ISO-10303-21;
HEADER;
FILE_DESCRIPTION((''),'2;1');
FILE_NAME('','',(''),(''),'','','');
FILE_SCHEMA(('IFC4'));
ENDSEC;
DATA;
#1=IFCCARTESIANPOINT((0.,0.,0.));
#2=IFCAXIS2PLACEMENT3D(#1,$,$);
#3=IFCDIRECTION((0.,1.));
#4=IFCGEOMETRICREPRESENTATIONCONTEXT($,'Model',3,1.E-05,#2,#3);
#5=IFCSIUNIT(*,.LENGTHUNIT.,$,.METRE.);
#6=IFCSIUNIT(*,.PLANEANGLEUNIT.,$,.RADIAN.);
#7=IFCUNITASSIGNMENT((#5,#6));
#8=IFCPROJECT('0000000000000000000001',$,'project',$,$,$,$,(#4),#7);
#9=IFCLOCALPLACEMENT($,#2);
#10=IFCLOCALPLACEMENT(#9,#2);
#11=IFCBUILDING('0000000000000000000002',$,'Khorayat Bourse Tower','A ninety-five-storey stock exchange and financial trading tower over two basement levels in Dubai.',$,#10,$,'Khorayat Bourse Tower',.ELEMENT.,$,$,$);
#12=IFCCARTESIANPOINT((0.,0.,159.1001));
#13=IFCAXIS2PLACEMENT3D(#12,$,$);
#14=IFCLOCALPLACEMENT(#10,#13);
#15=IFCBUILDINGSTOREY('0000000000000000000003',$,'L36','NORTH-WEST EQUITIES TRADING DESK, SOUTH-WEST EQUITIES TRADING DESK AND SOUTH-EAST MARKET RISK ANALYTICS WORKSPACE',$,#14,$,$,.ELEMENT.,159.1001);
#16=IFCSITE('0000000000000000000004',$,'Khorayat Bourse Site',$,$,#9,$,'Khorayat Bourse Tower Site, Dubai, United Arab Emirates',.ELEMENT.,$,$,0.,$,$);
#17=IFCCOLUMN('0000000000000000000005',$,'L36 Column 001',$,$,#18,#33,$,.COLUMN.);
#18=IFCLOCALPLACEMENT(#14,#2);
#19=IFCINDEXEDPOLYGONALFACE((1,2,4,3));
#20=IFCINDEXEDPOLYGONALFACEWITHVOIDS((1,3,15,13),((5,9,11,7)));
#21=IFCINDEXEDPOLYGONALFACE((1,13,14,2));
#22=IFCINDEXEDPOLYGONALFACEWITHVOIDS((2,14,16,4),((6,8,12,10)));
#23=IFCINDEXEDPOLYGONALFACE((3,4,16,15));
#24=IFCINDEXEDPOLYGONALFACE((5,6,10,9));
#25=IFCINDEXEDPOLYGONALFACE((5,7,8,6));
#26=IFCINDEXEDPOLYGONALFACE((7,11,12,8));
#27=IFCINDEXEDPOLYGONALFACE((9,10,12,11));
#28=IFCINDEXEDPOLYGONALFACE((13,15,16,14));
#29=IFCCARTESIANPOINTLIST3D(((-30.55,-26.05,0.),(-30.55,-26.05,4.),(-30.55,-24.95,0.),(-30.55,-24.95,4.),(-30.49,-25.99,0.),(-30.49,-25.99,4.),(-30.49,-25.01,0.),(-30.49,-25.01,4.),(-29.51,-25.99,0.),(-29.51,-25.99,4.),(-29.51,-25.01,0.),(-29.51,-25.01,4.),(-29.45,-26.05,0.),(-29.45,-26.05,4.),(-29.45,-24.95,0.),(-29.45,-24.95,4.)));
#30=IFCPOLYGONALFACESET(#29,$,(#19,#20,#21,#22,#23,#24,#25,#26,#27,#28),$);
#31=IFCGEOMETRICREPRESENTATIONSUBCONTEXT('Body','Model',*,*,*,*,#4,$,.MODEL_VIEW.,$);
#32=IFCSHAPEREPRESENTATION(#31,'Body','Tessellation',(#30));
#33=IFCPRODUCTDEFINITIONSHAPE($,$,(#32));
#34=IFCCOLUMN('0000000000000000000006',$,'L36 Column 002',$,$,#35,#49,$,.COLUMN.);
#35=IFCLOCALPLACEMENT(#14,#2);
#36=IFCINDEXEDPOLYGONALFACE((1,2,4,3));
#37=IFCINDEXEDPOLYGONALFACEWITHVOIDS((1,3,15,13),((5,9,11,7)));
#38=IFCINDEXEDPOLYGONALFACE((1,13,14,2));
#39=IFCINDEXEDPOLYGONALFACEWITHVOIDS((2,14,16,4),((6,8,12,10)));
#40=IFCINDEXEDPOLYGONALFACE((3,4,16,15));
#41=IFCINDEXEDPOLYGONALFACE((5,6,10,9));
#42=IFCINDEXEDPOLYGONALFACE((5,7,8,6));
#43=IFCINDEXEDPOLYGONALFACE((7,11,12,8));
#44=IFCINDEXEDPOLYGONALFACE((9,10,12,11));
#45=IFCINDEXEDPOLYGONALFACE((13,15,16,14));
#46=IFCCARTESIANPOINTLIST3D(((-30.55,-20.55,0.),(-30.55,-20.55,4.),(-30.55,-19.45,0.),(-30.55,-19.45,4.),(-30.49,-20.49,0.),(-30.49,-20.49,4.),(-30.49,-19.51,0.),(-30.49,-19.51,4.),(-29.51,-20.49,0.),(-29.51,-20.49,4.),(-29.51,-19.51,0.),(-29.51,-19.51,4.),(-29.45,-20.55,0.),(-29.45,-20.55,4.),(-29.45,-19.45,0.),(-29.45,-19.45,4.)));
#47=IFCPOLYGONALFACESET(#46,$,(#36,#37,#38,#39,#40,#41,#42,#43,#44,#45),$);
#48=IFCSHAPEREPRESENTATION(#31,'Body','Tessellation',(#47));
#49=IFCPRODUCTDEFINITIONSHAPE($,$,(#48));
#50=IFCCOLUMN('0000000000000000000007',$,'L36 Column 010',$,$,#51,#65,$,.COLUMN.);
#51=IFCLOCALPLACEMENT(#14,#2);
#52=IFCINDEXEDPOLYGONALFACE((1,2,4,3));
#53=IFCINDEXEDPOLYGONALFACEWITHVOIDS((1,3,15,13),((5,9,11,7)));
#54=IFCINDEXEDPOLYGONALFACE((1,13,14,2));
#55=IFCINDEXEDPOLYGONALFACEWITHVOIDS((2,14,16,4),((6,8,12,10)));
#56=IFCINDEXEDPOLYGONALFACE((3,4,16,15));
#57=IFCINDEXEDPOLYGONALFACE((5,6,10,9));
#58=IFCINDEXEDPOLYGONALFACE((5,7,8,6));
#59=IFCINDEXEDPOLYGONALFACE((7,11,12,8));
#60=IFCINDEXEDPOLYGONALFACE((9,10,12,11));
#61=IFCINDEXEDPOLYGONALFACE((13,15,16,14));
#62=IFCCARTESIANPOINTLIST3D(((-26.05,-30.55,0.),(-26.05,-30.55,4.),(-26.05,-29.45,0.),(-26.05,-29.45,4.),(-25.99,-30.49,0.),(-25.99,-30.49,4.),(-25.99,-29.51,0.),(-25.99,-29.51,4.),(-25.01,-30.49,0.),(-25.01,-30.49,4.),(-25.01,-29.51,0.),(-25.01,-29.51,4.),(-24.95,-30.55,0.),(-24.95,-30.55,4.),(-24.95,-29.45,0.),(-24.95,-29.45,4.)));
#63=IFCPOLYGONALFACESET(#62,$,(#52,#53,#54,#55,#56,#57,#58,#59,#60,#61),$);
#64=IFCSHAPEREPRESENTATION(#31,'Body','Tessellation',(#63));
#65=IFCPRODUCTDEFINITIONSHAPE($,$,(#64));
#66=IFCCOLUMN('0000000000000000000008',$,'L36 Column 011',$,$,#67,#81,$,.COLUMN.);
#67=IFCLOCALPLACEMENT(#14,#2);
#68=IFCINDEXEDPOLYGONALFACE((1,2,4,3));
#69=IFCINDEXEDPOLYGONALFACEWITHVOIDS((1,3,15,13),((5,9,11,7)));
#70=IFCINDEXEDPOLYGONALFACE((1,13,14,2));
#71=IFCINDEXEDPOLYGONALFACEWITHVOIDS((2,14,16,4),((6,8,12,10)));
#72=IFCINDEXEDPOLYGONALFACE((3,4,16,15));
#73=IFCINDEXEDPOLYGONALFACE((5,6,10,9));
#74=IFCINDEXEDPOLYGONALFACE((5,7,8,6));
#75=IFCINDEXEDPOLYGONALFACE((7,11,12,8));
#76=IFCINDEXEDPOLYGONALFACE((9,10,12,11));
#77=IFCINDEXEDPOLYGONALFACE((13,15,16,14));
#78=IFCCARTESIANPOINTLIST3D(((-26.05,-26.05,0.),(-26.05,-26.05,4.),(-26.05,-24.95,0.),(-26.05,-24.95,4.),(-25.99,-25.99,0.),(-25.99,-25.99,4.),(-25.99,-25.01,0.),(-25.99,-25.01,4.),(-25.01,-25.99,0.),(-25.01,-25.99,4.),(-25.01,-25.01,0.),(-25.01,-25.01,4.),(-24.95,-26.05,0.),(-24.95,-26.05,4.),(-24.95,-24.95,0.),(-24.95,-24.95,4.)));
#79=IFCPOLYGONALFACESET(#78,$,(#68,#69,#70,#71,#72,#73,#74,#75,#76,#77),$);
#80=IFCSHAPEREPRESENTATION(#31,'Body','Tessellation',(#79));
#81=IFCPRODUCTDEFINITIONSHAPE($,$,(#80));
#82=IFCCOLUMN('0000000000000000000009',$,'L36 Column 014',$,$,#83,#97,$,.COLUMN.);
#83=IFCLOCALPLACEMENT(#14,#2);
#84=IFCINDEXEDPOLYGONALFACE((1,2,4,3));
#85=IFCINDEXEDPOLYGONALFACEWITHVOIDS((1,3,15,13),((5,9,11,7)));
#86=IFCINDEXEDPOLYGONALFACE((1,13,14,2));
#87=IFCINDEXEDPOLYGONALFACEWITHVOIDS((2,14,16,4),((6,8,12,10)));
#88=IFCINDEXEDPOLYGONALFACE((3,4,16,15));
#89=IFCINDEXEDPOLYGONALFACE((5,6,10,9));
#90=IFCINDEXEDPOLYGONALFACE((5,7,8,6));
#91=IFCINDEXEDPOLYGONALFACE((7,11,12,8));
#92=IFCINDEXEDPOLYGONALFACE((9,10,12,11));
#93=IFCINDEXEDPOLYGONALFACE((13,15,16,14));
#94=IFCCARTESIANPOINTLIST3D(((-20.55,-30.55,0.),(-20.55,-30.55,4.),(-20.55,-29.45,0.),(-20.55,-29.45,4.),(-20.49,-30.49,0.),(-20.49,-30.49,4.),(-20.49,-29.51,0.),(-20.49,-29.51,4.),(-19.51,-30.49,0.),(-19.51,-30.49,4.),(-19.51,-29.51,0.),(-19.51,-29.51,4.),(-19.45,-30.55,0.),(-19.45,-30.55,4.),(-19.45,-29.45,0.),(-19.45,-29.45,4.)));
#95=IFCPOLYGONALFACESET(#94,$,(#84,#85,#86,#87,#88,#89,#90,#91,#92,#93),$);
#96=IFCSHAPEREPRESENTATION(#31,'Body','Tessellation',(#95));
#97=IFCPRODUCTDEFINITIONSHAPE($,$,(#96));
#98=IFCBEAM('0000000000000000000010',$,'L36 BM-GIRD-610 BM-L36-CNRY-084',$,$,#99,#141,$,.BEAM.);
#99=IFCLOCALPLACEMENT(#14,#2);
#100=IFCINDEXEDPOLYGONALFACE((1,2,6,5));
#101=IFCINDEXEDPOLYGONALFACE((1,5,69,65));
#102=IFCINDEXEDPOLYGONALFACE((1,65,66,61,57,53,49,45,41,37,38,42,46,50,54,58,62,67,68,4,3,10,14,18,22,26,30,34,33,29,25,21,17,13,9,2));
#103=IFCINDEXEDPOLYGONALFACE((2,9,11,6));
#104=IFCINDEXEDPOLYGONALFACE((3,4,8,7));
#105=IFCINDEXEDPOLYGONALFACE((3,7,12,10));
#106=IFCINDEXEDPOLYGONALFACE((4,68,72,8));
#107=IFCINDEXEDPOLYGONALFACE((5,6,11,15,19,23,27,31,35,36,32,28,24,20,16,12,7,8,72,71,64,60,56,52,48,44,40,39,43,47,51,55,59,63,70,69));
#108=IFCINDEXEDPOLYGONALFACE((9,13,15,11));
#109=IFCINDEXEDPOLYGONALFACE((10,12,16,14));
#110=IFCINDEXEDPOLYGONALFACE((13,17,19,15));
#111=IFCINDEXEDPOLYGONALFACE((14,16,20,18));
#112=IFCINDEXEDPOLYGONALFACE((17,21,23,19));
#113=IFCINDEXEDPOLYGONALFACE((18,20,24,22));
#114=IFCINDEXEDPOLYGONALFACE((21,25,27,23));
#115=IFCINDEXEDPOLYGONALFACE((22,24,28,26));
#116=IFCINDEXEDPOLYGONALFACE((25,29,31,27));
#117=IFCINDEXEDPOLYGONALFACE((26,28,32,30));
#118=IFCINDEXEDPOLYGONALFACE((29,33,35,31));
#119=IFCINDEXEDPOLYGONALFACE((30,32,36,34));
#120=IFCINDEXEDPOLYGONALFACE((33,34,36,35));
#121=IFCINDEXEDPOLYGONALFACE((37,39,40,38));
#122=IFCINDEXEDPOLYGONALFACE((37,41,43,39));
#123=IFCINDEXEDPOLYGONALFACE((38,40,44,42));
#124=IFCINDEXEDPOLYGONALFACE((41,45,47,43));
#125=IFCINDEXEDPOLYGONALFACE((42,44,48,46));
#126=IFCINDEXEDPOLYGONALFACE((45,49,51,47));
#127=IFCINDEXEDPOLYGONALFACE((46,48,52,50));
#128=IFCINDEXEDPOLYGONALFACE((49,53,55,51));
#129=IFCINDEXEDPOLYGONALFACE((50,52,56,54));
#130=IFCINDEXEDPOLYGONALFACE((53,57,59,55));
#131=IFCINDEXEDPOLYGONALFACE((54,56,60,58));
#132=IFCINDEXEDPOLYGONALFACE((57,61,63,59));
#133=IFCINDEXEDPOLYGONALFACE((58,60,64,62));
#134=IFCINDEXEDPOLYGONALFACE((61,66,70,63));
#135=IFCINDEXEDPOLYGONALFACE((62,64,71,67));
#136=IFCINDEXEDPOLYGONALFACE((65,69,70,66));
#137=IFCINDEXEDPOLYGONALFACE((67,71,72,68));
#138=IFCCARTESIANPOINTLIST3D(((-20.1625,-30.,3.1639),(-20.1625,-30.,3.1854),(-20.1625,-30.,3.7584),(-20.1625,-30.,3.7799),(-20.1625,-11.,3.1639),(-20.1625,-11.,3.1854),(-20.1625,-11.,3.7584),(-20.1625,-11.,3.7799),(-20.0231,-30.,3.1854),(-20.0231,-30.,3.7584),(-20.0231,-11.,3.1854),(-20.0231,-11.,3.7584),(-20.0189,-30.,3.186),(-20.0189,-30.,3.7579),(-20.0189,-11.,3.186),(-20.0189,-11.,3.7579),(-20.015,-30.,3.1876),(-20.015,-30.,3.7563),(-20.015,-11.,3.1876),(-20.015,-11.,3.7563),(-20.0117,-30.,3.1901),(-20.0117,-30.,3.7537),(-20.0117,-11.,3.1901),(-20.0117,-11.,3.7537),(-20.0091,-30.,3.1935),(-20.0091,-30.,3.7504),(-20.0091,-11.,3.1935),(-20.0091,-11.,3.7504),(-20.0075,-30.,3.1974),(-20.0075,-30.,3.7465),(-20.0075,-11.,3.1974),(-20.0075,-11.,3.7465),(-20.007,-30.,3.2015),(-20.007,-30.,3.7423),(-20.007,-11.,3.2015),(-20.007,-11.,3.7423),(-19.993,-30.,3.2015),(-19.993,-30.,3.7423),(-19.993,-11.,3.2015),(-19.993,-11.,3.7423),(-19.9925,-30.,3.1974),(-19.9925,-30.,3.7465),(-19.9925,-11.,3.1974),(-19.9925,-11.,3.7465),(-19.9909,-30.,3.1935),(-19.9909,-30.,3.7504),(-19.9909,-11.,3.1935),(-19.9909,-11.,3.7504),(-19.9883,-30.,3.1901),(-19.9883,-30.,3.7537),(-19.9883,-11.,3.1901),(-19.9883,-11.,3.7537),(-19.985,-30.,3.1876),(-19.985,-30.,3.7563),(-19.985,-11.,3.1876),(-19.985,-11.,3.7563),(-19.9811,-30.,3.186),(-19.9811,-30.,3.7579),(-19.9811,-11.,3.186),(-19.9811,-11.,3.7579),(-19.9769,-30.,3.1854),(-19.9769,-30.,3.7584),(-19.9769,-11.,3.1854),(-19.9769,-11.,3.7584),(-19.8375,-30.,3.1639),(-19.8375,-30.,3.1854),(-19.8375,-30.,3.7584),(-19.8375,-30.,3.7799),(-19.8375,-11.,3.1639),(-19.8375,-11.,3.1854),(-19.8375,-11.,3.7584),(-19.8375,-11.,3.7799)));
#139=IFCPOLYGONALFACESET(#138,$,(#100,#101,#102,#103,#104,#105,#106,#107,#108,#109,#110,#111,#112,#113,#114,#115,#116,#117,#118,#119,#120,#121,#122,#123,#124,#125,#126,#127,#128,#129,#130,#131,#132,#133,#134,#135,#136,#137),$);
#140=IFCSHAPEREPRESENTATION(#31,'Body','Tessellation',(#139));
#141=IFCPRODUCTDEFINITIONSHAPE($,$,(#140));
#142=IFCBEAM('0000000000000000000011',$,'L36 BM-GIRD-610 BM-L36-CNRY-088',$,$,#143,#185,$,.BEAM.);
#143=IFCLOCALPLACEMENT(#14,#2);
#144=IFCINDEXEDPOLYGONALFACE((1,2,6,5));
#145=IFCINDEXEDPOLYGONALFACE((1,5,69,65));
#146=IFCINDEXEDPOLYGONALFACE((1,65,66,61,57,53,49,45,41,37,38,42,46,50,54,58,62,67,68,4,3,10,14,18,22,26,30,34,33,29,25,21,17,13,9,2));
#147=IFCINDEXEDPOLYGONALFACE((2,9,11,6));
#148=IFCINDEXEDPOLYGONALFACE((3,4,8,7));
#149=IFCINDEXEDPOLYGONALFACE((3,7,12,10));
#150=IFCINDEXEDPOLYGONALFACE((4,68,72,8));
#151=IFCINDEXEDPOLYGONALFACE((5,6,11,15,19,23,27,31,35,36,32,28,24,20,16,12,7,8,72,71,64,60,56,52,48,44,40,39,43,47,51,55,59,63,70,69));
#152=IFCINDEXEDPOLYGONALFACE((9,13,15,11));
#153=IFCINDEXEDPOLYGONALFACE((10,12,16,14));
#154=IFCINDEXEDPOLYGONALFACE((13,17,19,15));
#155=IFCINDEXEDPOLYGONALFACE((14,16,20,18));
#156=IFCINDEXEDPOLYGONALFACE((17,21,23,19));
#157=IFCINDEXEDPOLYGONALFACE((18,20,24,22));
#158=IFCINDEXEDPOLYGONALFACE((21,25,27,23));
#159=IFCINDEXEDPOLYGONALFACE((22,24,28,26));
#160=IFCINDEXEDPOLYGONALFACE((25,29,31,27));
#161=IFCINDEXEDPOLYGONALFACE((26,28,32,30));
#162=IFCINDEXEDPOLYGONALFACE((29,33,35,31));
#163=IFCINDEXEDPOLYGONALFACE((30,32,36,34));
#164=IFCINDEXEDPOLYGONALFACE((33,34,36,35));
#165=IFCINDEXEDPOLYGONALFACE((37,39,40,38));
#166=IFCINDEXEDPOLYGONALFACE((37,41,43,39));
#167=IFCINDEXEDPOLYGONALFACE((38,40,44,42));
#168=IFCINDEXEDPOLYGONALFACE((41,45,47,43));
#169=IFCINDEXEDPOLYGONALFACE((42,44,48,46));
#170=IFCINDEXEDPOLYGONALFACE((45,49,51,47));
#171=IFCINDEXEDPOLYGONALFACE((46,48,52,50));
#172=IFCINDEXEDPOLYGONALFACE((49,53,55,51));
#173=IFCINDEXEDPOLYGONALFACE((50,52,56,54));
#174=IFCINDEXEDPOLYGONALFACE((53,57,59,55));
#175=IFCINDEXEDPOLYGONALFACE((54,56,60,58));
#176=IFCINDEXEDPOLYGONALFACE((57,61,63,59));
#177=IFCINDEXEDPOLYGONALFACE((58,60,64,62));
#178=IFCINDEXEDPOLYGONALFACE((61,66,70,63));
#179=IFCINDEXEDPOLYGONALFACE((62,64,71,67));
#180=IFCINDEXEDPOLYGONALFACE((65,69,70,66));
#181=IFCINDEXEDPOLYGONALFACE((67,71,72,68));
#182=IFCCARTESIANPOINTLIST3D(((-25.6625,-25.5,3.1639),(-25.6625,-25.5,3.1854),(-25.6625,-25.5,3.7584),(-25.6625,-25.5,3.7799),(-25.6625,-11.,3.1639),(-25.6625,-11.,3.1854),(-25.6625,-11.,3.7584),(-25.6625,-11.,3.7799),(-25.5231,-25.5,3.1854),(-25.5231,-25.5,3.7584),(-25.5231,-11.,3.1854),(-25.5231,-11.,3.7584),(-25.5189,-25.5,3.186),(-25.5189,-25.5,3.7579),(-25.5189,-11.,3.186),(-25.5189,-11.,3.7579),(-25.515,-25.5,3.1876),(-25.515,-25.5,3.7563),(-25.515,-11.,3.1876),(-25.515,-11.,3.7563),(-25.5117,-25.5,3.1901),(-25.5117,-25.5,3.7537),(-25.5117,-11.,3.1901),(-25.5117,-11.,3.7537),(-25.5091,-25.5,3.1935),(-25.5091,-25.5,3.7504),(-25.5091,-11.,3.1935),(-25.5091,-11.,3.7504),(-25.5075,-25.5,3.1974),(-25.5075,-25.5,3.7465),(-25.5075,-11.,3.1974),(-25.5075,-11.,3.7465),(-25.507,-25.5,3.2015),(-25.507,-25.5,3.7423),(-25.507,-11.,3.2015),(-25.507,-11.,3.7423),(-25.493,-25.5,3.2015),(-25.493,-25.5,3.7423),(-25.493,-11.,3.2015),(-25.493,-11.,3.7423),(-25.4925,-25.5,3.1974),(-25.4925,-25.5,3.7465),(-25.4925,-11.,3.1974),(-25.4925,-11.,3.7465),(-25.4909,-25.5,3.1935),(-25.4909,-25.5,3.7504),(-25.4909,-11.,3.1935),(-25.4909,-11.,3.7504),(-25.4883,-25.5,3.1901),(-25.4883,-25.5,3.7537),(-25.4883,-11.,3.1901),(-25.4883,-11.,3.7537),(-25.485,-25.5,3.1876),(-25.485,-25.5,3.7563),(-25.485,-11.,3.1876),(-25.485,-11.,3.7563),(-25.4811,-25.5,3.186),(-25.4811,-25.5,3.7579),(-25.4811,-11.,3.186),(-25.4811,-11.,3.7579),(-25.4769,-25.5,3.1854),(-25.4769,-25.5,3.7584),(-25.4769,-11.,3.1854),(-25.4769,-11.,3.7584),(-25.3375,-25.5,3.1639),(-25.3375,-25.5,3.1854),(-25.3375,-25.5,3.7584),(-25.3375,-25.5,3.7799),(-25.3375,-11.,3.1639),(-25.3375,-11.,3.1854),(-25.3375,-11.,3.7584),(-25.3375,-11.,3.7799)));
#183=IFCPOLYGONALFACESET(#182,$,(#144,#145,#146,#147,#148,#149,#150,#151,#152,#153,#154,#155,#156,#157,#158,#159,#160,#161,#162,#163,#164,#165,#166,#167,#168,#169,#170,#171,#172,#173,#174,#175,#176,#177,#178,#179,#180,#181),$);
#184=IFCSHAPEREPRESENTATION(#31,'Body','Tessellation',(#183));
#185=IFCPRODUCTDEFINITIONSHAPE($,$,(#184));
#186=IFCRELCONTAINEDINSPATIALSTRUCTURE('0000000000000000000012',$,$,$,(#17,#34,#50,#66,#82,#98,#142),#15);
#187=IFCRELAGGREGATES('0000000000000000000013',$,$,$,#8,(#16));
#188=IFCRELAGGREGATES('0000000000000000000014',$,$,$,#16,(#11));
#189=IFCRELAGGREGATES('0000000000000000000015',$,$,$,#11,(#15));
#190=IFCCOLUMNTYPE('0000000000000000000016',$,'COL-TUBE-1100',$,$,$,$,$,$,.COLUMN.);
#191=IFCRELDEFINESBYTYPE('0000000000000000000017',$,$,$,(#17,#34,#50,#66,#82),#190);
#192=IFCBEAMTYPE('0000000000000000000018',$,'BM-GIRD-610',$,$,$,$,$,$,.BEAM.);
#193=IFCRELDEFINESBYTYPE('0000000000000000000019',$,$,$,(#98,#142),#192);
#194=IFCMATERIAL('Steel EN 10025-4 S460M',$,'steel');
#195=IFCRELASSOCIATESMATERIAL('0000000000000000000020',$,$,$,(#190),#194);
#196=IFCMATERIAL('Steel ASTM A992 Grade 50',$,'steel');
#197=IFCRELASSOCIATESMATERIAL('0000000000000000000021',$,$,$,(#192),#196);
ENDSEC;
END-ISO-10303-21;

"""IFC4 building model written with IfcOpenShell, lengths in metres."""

from ifc_helpers import new_model, si_unit, direction, frame, origin, origin_2d, place, context, subcontext, project, spatial, hollow_rectangle, i_section, extrude, source, transform, mapped, material, material_profile, profile_set, type_object, element, save


model = new_model("IFC4")

# Units and contexts
model_context = context("Model", 3, precision=1e-05, world=origin(), true_north=direction((0.0, 1.0)))
body_context = subcontext(model_context, "Body", "Model", "MODEL_VIEW")
ifc_project = project(units=[si_unit("LENGTHUNIT", "METRE"), si_unit("PLANEANGLEUNIT", "RADIAN")], contexts=[model_context])

# Site, building, storey
site_placement = place(None, origin())
site = spatial("IfcSite", under=ifc_project, at=site_placement, Name="Khorayat Bourse Site", LongName="Khorayat Bourse Tower Site, Dubai, United Arab Emirates", CompositionType="ELEMENT", RefElevation=0.0)
building_placement = place(site_placement, origin())
building = spatial("IfcBuilding", under=site, at=building_placement, Name="Khorayat Bourse Tower", Description="A ninety-five-storey stock exchange and financial trading tower over two basement levels in Dubai.", LongName="Khorayat Bourse Tower", CompositionType="ELEMENT")
storey_placement = place(building_placement, frame((0.0, 0.0, 159.1001)))
storey = spatial("IfcBuildingStorey", under=building, at=storey_placement, Name="L36", Description="NORTH-WEST EQUITIES TRADING DESK, SOUTH-WEST EQUITIES TRADING DESK AND SOUTH-EAST MARKET RISK ANALYTICS WORKSPACE", CompositionType="ELEMENT", Elevation=159.1001)

# Columns
ifc_material_1 = material(Name="Steel EN 10025-4 S460M", Category="steel")
ifc_material_profile_1 = material_profile(ifc_material_1, hollow_rectangle(XDim=1.1001, YDim=1.1001, WallThickness=0.0601, at=origin_2d()), Name="BOX 1100x1100x60")
ifc_profile_set_1 = profile_set([ifc_material_profile_1], Name="Steel EN 10025-4 S460M")
column_type = type_object("IfcColumnType", Name="COL-TUBE-1100", PredefinedType="COLUMN", material=ifc_profile_set_1)
shared_shape_1 = source(origin(), body_context, "Body", "SweptSolid", [
    extrude(hollow_rectangle(XDim=1.1001, YDim=1.1001, WallThickness=0.0601, at=origin_2d()), origin(), (0.0, 0.0, 1.0), 4.0),
])
for number, where, z_axis, x_axis, name in (
    (1, (-30.0, -25.5, 0.0), (0.0, 0.0, 1.0), (1.0, 0.0, 0.0), "L36 Column 001"),
    (2, (-30.0, -20.0, 0.0), (0.0, 0.0, 1.0), (1.0, 0.0, 0.0), "L36 Column 002"),
    (3, (-25.5, -30.0, 0.0), (0.0, 0.0, 1.0), (1.0, 0.0, 0.0), "L36 Column 010"),
    (4, (-25.5, -25.5, 0.0), (0.0, 0.0, 1.0), (1.0, 0.0, 0.0), "L36 Column 011"),
    (5, (-20.0, -30.0, 0.0), (0.0, 0.0, 1.0), (1.0, 0.0, 0.0), "L36 Column 014"),
):
    element("IfcColumn", number, at=place(storey_placement, frame(where, z_axis=z_axis, x_axis=x_axis)), inside=storey, type_object=column_type, Name=name, PredefinedType="COLUMN", context=body_context, shape_type="MappedRepresentation", body=[
        mapped(shared_shape_1, transform((0.0, 0.0, 0.0), scale=1.0)),
    ])

# Beams
ifc_material_2 = material(Name="Steel ASTM A992 Grade 50", Category="steel")
ifc_material_profile_2 = material_profile(ifc_material_2, i_section(OverallWidth=0.325, OverallDepth=0.616, WebThickness=0.0139, FlangeThickness=0.0215, FilletRadius=0.0161, at=origin_2d()), Name="W610X174")
ifc_profile_set_2 = profile_set([ifc_material_profile_2], Name="Steel ASTM A992 Grade 50")
beam_type_1 = type_object("IfcBeamType", Name="BM-GIRD-610", PredefinedType="BEAM", material=ifc_profile_set_2)
shared_shape_2 = source(origin(), body_context, "Body", "SweptSolid", [
    extrude(i_section(OverallWidth=0.325, OverallDepth=0.616, WebThickness=0.0139, FlangeThickness=0.0215, FilletRadius=0.0161, at=origin_2d()), origin(), (0.0, 0.0, 1.0), 19.0),
])
beam_1_placement = place(storey_placement, frame((-20.0, -30.0, 3.4719), z_axis=(0.0, 1.0, 0.0), x_axis=(-1.0, 0.0, 0.0)))
element("IfcBeam", 6, at=beam_1_placement, inside=storey, type_object=beam_type_1, Name="L36 BM-GIRD-610 BM-L36-CNRY-084", PredefinedType="BEAM", context=body_context, shape_type="MappedRepresentation", body=[
    mapped(shared_shape_2, transform((0.0, 0.0, 0.0), scale=1.0)),
])
shared_shape_3 = source(origin(), body_context, "Body", "SweptSolid", [
    extrude(i_section(OverallWidth=0.325, OverallDepth=0.616, WebThickness=0.0139, FlangeThickness=0.0215, FilletRadius=0.0161, at=origin_2d()), origin(), (0.0, 0.0, 1.0), 14.5),
])
beam_2_placement = place(storey_placement, frame((-25.5, -25.5, 3.4719), z_axis=(0.0, 1.0, 0.0), x_axis=(-1.0, 0.0, 0.0)))
element("IfcBeam", 7, at=beam_2_placement, inside=storey, type_object=beam_type_1, Name="L36 BM-GIRD-610 BM-L36-CNRY-088", PredefinedType="BEAM", context=body_context, shape_type="MappedRepresentation", body=[
    mapped(shared_shape_3, transform((0.0, 0.0, 0.0), scale=1.0)),
])

save(model, "model.ifc")
